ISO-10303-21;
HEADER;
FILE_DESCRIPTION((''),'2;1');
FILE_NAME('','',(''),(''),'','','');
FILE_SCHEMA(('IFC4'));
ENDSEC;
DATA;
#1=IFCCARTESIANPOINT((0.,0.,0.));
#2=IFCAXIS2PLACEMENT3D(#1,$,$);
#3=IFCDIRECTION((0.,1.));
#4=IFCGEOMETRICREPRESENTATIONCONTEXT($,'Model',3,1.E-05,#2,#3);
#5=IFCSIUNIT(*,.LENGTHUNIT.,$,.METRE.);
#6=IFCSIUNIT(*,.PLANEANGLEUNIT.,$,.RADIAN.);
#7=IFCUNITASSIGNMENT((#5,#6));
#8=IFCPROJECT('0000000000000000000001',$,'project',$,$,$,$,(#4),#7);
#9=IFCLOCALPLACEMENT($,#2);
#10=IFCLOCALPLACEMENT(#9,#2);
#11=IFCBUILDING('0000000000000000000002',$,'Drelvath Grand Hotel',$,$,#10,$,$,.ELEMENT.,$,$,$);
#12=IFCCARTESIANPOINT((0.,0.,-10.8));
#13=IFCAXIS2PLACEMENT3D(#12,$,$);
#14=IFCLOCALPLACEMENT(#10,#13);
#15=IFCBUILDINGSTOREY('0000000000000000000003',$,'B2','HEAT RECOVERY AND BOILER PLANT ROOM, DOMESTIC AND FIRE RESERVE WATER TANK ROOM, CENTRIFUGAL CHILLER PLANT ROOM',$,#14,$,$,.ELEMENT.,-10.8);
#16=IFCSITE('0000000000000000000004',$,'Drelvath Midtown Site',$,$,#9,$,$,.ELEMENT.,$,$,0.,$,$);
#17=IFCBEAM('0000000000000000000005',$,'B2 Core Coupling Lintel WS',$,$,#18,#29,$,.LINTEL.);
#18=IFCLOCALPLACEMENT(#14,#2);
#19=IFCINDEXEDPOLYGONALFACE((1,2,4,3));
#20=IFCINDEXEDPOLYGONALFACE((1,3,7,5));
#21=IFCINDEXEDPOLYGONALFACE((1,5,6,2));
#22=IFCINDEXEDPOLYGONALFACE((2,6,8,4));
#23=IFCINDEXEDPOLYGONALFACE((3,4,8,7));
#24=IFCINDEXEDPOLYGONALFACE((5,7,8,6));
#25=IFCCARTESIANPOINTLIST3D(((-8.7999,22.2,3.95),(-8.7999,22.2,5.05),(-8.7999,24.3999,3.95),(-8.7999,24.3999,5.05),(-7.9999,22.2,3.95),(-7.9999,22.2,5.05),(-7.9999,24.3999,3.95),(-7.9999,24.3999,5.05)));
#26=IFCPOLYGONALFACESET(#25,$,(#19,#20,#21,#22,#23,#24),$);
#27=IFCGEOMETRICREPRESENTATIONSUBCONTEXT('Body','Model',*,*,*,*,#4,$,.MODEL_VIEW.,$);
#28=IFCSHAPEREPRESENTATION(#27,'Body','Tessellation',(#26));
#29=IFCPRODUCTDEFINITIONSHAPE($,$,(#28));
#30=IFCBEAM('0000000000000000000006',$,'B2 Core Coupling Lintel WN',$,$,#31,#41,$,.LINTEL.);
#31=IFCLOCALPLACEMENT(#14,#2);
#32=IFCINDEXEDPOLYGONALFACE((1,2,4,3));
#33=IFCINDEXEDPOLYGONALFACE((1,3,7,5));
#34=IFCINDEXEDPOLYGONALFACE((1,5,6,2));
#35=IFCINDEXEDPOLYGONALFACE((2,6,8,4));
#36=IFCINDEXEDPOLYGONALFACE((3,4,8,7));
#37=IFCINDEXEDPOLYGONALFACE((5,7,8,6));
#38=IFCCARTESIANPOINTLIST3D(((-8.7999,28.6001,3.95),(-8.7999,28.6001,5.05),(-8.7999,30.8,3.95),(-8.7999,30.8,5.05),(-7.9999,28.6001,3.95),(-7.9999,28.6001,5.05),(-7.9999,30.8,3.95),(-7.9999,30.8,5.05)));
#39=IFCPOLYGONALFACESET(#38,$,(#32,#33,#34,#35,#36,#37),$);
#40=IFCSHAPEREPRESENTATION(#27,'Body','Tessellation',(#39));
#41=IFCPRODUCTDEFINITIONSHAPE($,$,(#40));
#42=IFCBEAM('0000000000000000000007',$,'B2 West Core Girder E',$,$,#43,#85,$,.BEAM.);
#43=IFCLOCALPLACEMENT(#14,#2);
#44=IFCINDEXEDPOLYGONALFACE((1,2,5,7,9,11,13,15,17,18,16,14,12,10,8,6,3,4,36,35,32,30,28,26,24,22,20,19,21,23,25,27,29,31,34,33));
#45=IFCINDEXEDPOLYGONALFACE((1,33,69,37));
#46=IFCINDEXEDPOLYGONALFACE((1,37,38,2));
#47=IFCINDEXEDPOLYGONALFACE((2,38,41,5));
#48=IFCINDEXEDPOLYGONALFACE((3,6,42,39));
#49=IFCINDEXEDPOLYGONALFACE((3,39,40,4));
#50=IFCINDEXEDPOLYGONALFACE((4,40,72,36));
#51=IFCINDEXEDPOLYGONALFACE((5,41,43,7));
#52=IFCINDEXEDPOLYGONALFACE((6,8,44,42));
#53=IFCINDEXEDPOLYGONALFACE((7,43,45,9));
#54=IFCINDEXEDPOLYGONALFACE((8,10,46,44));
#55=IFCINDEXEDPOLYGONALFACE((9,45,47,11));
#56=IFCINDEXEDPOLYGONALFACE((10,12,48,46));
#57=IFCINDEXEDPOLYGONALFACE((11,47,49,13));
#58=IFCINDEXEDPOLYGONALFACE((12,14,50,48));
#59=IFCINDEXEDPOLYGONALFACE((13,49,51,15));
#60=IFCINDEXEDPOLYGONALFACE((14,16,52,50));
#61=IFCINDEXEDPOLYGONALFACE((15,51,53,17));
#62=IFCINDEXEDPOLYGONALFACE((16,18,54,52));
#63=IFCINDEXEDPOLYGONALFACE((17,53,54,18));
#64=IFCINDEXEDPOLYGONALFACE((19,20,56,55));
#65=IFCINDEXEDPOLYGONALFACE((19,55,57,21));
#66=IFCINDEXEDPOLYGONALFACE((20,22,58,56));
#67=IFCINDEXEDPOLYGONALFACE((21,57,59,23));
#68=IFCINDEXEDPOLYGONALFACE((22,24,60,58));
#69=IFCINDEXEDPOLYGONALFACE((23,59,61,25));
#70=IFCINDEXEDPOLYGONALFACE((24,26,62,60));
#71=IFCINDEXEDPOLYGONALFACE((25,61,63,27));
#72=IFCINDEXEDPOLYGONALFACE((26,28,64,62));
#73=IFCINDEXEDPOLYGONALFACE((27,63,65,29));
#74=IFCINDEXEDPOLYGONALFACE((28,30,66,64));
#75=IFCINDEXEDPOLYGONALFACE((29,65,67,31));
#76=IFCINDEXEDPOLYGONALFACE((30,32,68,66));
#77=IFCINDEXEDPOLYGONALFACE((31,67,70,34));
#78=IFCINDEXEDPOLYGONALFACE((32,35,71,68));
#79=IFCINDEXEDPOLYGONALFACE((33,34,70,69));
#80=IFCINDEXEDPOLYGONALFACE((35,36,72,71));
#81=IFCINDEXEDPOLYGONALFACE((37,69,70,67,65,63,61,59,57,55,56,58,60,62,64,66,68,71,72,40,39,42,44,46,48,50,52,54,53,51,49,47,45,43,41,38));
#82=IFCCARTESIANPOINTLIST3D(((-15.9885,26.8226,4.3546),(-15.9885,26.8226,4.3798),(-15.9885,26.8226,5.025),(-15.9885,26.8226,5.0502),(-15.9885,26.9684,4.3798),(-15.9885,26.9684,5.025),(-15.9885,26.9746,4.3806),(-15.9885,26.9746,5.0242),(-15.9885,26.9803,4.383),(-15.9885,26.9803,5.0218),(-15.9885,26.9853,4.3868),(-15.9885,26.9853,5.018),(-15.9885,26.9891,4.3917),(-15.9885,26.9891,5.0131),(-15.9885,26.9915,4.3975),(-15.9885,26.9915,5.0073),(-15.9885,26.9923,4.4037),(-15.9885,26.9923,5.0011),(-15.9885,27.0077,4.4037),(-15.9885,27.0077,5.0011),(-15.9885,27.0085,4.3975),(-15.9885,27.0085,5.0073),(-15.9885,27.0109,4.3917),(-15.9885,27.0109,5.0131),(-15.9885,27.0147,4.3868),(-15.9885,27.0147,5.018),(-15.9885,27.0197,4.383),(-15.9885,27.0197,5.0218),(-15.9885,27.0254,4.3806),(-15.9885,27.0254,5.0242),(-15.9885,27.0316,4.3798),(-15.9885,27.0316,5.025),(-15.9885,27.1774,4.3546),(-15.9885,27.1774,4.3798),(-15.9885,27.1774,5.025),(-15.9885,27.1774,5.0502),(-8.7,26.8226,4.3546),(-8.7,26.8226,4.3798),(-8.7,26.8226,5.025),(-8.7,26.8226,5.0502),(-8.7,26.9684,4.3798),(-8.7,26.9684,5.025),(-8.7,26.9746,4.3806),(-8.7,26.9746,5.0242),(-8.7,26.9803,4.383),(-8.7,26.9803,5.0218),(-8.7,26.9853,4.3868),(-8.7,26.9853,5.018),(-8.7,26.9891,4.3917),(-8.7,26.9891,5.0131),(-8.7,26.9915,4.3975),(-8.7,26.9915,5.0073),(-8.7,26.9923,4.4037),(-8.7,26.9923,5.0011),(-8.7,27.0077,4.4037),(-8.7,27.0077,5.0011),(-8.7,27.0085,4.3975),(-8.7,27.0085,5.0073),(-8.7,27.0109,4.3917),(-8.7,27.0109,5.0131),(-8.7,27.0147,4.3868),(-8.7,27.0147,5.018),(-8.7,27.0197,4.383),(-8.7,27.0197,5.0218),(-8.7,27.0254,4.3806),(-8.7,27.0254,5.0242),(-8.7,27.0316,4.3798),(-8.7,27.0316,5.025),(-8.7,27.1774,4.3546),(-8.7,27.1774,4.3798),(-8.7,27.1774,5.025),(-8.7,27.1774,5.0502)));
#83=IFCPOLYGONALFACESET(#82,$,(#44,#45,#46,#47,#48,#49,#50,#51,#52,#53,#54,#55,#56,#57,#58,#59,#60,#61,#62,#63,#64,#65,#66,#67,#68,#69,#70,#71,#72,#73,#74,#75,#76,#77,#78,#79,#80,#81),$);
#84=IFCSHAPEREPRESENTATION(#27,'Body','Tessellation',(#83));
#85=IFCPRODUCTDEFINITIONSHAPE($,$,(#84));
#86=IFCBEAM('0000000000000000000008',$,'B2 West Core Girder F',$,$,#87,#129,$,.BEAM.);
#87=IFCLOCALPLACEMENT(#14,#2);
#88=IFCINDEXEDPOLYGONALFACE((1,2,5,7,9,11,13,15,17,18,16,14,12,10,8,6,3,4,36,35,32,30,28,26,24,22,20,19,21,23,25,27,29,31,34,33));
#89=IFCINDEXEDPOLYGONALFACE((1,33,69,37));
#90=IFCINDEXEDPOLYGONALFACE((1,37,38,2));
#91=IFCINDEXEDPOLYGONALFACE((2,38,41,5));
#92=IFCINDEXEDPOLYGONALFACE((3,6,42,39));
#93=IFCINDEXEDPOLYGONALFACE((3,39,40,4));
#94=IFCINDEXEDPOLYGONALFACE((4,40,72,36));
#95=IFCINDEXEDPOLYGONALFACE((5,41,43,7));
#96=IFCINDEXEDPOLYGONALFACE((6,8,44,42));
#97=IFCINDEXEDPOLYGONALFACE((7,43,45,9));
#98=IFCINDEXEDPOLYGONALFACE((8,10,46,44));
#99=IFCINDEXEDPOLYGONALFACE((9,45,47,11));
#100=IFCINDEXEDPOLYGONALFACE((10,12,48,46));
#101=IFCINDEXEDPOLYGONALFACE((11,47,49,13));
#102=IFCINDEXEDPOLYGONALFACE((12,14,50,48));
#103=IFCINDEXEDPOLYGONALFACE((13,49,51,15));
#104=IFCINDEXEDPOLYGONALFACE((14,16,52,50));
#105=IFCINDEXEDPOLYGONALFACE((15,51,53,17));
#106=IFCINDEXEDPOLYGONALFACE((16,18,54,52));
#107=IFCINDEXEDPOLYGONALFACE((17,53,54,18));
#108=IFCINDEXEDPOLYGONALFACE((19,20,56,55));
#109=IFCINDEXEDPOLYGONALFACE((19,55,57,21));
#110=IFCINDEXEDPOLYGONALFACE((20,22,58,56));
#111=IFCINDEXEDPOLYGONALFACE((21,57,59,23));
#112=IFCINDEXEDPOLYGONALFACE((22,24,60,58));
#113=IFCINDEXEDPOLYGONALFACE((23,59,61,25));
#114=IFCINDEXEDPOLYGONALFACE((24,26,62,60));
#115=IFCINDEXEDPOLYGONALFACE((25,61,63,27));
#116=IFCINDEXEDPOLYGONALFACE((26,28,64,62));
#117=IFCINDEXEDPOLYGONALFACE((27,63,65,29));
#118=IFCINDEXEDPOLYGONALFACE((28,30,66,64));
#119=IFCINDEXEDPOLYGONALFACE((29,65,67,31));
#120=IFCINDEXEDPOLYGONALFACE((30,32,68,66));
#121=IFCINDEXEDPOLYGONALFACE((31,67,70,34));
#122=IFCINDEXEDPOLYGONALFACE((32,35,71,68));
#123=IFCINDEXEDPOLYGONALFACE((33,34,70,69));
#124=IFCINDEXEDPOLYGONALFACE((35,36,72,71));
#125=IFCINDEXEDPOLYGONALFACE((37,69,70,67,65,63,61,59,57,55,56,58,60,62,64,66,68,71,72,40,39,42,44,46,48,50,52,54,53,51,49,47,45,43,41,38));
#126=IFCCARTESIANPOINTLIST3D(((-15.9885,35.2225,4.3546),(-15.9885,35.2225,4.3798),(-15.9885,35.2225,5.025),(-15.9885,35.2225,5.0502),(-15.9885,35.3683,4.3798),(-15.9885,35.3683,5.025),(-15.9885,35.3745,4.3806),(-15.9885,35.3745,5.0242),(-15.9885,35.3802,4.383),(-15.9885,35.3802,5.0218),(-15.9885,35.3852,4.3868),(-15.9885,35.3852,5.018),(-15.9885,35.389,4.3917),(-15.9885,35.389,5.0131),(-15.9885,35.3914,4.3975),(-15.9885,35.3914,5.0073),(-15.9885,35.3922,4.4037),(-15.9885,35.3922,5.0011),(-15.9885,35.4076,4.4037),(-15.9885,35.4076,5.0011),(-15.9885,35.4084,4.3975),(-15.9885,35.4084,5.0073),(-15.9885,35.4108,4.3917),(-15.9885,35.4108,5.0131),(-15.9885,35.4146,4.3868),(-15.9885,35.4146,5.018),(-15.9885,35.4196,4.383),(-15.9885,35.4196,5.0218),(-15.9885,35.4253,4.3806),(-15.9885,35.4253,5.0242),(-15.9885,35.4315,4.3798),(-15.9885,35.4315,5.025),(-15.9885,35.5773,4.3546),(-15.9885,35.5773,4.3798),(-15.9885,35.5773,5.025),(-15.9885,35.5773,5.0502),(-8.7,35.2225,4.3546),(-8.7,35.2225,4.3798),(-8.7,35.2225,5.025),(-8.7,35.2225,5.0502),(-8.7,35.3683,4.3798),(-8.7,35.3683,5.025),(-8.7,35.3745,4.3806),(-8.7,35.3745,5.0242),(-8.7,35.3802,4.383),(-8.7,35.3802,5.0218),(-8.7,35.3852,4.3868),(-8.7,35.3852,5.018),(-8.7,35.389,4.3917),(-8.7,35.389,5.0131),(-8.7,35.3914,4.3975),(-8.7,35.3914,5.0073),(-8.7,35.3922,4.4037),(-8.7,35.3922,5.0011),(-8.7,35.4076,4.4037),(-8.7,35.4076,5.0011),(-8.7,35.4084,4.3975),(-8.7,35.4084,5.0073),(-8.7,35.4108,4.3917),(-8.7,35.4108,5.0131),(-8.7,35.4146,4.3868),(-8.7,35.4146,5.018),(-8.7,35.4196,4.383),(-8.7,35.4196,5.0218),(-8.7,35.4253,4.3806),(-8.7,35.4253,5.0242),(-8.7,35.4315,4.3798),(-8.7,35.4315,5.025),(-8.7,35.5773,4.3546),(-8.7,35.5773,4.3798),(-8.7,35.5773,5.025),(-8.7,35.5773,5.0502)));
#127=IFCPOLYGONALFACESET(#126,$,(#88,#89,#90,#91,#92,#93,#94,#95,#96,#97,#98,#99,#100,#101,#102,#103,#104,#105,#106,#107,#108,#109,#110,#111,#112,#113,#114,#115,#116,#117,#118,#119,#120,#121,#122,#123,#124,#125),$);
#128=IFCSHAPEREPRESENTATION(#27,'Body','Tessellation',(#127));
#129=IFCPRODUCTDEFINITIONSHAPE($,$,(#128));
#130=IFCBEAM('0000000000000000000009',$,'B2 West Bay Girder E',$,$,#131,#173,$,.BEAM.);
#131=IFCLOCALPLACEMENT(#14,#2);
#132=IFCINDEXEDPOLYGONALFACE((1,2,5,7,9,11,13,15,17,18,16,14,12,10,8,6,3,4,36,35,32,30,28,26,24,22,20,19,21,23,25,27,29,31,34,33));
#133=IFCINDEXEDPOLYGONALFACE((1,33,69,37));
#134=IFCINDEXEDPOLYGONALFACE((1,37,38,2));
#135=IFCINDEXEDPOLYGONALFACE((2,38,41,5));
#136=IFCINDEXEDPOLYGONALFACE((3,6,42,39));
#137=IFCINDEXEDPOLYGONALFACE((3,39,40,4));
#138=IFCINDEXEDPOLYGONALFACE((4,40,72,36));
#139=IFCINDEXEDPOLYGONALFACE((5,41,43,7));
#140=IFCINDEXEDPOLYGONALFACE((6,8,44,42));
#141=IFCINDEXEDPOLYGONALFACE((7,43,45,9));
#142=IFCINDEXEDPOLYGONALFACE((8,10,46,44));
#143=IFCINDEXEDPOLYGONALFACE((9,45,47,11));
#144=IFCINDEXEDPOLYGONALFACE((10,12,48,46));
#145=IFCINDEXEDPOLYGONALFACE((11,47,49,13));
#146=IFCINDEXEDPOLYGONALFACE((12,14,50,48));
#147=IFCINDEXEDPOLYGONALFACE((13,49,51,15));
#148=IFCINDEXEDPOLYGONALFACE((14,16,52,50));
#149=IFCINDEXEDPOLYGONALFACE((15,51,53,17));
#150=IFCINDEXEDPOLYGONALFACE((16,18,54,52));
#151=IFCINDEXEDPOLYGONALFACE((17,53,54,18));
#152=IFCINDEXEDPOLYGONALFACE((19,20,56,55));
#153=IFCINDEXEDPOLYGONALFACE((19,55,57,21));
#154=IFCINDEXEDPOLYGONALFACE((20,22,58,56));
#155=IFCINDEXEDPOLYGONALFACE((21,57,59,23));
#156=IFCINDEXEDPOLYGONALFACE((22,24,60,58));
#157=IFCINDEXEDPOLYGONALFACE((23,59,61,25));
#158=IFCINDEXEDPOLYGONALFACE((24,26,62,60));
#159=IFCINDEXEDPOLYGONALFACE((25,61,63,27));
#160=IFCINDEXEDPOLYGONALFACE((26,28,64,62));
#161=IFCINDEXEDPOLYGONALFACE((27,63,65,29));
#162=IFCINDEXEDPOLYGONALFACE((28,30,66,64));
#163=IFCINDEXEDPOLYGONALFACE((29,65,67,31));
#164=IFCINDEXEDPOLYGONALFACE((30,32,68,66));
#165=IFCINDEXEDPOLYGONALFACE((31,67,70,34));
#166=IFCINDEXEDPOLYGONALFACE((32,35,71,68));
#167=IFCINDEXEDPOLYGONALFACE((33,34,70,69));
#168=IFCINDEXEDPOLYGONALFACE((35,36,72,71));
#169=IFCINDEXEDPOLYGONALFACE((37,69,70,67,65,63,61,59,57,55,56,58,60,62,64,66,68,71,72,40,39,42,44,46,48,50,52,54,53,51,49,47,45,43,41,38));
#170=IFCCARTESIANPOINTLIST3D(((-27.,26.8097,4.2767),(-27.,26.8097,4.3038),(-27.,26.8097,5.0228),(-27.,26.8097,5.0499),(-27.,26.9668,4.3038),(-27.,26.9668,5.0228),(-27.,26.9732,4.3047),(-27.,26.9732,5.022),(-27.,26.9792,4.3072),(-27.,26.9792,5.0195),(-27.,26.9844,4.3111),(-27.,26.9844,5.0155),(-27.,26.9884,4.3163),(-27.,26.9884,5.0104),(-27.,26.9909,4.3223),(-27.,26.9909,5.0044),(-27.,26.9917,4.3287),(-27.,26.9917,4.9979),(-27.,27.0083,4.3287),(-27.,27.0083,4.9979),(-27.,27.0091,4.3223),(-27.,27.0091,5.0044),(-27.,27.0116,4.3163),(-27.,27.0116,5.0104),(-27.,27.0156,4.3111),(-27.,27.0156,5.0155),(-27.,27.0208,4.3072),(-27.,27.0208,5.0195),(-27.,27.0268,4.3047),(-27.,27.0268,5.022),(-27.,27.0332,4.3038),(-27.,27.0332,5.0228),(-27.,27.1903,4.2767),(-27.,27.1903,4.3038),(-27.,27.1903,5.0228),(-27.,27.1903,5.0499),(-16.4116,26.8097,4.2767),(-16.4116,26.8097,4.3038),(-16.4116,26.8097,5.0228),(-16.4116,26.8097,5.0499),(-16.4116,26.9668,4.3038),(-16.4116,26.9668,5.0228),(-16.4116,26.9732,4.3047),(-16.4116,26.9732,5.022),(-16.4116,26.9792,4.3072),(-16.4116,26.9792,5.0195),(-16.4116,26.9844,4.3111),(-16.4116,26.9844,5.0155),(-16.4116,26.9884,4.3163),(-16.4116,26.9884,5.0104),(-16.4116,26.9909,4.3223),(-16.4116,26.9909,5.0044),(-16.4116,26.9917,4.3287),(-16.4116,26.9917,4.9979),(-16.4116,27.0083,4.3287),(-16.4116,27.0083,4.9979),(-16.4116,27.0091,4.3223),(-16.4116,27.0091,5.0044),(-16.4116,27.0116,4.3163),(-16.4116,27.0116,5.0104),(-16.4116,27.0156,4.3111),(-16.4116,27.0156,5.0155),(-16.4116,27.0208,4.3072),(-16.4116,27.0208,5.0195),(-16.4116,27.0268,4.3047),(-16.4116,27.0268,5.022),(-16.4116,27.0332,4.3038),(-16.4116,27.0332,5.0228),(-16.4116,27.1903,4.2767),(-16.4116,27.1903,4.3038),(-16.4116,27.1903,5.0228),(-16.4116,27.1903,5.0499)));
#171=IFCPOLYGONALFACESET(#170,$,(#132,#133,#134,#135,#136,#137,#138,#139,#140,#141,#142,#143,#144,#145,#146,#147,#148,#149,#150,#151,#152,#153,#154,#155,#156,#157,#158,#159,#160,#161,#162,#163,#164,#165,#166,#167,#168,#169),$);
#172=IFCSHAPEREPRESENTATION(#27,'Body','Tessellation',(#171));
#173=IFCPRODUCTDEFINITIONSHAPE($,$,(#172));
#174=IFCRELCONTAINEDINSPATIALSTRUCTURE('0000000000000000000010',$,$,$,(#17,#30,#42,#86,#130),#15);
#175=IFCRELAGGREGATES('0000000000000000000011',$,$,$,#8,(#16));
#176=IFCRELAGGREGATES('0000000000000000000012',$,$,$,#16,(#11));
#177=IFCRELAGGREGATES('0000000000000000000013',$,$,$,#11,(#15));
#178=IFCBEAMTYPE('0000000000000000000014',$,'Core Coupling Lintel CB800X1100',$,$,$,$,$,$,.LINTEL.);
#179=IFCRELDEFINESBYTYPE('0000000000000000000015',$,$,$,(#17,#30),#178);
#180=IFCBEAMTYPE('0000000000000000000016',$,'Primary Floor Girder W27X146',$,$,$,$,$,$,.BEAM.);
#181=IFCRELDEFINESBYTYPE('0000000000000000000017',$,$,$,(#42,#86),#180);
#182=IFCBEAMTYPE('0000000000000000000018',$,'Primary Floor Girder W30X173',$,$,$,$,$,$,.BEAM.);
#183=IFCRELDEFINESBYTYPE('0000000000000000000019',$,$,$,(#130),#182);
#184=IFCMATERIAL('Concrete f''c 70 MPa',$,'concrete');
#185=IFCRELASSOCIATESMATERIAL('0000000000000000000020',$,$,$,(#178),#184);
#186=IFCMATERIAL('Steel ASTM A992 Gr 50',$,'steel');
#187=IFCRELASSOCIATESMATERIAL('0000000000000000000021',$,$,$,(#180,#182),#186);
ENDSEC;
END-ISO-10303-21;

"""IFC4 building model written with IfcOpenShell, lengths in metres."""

from ifc_helpers import new_model, si_unit, direction, frame, origin, origin_2d, place, context, subcontext, project, spatial, rectangle, i_section, extrude, material, material_profile, profile_set, type_object, element, save


model = new_model("IFC4")

# Units and contexts
model_context = context("Model", 3, precision=1e-05, world=origin(), true_north=direction((0.0, 1.0)))
body_context = subcontext(model_context, "Body", "Model", "MODEL_VIEW")
ifc_project = project(units=[si_unit("LENGTHUNIT", "METRE"), si_unit("PLANEANGLEUNIT", "RADIAN")], contexts=[model_context])

# Site, building, storey
site_placement = place(None, origin())
site = spatial("IfcSite", under=ifc_project, at=site_placement, Name="Drelvath Midtown Site", CompositionType="ELEMENT", RefElevation=0.0)
building_placement = place(site_placement, origin())
building = spatial("IfcBuilding", under=site, at=building_placement, Name="Drelvath Grand Hotel", CompositionType="ELEMENT")
storey_placement = place(building_placement, frame((0.0, 0.0, -10.8)))
storey = spatial("IfcBuildingStorey", under=building, at=storey_placement, Name="B2", Description="HEAT RECOVERY AND BOILER PLANT ROOM, DOMESTIC AND FIRE RESERVE WATER TANK ROOM, CENTRIFUGAL CHILLER PLANT ROOM", CompositionType="ELEMENT", Elevation=-10.8)

# Beams
ifc_material_1 = material(Name="Steel ASTM A992 Gr 50", Category="steel")
ifc_material_2 = material(Name="Concrete f'c 70 MPa", Category="concrete")
ifc_material_profile_1 = material_profile(ifc_material_2, rectangle(XDim=0.8, YDim=1.1001, at=origin_2d()), Name="CB800X1100")
ifc_profile_set_1 = profile_set([ifc_material_profile_1], Name="Concrete f'c 70 MPa")
beam_type_1 = type_object("IfcBeamType", Name="Core Coupling Lintel CB800X1100", PredefinedType="LINTEL", material=ifc_profile_set_1)
for number, where, z_axis, x_axis, name in (
    (1, (-8.3999, 22.2, 4.5), (0.0, 1.0, 0.0), (-1.0, 0.0, 0.0), "B2 Core Coupling Lintel WS"),
    (2, (-8.3999, 28.6001, 4.5), (0.0, 1.0, 0.0), (-1.0, 0.0, 0.0), "B2 Core Coupling Lintel WN"),
):
    element("IfcBeam", number, at=place(storey_placement, frame(where, z_axis=z_axis, x_axis=x_axis)), inside=storey, type_object=beam_type_1, Name=name, PredefinedType="LINTEL", context=body_context, shape_type="SweptSolid", body=[
        extrude(rectangle(XDim=0.8, YDim=1.1001, at=origin_2d()), origin(), (0.0, 0.0, 1.0), 2.2),
    ])
ifc_material_profile_2 = material_profile(ifc_material_1, i_section(OverallWidth=0.3547, OverallDepth=0.6956, WebThickness=0.0154, FlangeThickness=0.0251, FilletRadius=0.0239, at=origin_2d()), Name="W27X146")
ifc_profile_set_2 = profile_set([ifc_material_profile_2], Name="Steel ASTM A992 Gr 50")
beam_type_2 = type_object("IfcBeamType", Name="Primary Floor Girder W27X146", PredefinedType="BEAM", material=ifc_profile_set_2)
for number, where, z_axis, x_axis, name in (
    (3, (-15.9885, 27.0, 4.7024), (1.0, 0.0, 0.0), (0.0, 1.0, 0.0), "B2 West Core Girder E"),
    (4, (-15.9885, 35.3999, 4.7024), (1.0, 0.0, 0.0), (0.0, 1.0, 0.0), "B2 West Core Girder F"),
):
    element("IfcBeam", number, at=place(storey_placement, frame(where, z_axis=z_axis, x_axis=x_axis)), inside=storey, type_object=beam_type_2, Name=name, PredefinedType="BEAM", context=body_context, shape_type="SweptSolid", body=[
        extrude(i_section(OverallWidth=0.3547, OverallDepth=0.6956, WebThickness=0.0154, FlangeThickness=0.0251, FilletRadius=0.0239, at=origin_2d()), origin(), (0.0, 0.0, 1.0), 7.2886),
    ])
ifc_material_profile_3 = material_profile(ifc_material_1, i_section(OverallWidth=0.3806, OverallDepth=0.7732, WebThickness=0.0166, FlangeThickness=0.0271, FilletRadius=0.0249, at=origin_2d()), Name="W30X173")
ifc_profile_set_3 = profile_set([ifc_material_profile_3], Name="Steel ASTM A992 Gr 50")
beam_type_3 = type_object("IfcBeamType", Name="Primary Floor Girder W30X173", PredefinedType="BEAM", material=ifc_profile_set_3)
for number, where, z_axis, x_axis, name in (
    (5, (-27.0, 27.0, 4.6633), (1.0, 0.0, 0.0), (0.0, 1.0, 0.0), "B2 West Bay Girder E"),
):
    element("IfcBeam", number, at=place(storey_placement, frame(where, z_axis=z_axis, x_axis=x_axis)), inside=storey, type_object=beam_type_3, Name=name, PredefinedType="BEAM", context=body_context, shape_type="SweptSolid", body=[
        extrude(i_section(OverallWidth=0.3806, OverallDepth=0.7732, WebThickness=0.0166, FlangeThickness=0.0271, FilletRadius=0.0249, at=origin_2d()), origin(), (0.0, 0.0, 1.0), 10.5884),
    ])

save(model, "model.ifc")
